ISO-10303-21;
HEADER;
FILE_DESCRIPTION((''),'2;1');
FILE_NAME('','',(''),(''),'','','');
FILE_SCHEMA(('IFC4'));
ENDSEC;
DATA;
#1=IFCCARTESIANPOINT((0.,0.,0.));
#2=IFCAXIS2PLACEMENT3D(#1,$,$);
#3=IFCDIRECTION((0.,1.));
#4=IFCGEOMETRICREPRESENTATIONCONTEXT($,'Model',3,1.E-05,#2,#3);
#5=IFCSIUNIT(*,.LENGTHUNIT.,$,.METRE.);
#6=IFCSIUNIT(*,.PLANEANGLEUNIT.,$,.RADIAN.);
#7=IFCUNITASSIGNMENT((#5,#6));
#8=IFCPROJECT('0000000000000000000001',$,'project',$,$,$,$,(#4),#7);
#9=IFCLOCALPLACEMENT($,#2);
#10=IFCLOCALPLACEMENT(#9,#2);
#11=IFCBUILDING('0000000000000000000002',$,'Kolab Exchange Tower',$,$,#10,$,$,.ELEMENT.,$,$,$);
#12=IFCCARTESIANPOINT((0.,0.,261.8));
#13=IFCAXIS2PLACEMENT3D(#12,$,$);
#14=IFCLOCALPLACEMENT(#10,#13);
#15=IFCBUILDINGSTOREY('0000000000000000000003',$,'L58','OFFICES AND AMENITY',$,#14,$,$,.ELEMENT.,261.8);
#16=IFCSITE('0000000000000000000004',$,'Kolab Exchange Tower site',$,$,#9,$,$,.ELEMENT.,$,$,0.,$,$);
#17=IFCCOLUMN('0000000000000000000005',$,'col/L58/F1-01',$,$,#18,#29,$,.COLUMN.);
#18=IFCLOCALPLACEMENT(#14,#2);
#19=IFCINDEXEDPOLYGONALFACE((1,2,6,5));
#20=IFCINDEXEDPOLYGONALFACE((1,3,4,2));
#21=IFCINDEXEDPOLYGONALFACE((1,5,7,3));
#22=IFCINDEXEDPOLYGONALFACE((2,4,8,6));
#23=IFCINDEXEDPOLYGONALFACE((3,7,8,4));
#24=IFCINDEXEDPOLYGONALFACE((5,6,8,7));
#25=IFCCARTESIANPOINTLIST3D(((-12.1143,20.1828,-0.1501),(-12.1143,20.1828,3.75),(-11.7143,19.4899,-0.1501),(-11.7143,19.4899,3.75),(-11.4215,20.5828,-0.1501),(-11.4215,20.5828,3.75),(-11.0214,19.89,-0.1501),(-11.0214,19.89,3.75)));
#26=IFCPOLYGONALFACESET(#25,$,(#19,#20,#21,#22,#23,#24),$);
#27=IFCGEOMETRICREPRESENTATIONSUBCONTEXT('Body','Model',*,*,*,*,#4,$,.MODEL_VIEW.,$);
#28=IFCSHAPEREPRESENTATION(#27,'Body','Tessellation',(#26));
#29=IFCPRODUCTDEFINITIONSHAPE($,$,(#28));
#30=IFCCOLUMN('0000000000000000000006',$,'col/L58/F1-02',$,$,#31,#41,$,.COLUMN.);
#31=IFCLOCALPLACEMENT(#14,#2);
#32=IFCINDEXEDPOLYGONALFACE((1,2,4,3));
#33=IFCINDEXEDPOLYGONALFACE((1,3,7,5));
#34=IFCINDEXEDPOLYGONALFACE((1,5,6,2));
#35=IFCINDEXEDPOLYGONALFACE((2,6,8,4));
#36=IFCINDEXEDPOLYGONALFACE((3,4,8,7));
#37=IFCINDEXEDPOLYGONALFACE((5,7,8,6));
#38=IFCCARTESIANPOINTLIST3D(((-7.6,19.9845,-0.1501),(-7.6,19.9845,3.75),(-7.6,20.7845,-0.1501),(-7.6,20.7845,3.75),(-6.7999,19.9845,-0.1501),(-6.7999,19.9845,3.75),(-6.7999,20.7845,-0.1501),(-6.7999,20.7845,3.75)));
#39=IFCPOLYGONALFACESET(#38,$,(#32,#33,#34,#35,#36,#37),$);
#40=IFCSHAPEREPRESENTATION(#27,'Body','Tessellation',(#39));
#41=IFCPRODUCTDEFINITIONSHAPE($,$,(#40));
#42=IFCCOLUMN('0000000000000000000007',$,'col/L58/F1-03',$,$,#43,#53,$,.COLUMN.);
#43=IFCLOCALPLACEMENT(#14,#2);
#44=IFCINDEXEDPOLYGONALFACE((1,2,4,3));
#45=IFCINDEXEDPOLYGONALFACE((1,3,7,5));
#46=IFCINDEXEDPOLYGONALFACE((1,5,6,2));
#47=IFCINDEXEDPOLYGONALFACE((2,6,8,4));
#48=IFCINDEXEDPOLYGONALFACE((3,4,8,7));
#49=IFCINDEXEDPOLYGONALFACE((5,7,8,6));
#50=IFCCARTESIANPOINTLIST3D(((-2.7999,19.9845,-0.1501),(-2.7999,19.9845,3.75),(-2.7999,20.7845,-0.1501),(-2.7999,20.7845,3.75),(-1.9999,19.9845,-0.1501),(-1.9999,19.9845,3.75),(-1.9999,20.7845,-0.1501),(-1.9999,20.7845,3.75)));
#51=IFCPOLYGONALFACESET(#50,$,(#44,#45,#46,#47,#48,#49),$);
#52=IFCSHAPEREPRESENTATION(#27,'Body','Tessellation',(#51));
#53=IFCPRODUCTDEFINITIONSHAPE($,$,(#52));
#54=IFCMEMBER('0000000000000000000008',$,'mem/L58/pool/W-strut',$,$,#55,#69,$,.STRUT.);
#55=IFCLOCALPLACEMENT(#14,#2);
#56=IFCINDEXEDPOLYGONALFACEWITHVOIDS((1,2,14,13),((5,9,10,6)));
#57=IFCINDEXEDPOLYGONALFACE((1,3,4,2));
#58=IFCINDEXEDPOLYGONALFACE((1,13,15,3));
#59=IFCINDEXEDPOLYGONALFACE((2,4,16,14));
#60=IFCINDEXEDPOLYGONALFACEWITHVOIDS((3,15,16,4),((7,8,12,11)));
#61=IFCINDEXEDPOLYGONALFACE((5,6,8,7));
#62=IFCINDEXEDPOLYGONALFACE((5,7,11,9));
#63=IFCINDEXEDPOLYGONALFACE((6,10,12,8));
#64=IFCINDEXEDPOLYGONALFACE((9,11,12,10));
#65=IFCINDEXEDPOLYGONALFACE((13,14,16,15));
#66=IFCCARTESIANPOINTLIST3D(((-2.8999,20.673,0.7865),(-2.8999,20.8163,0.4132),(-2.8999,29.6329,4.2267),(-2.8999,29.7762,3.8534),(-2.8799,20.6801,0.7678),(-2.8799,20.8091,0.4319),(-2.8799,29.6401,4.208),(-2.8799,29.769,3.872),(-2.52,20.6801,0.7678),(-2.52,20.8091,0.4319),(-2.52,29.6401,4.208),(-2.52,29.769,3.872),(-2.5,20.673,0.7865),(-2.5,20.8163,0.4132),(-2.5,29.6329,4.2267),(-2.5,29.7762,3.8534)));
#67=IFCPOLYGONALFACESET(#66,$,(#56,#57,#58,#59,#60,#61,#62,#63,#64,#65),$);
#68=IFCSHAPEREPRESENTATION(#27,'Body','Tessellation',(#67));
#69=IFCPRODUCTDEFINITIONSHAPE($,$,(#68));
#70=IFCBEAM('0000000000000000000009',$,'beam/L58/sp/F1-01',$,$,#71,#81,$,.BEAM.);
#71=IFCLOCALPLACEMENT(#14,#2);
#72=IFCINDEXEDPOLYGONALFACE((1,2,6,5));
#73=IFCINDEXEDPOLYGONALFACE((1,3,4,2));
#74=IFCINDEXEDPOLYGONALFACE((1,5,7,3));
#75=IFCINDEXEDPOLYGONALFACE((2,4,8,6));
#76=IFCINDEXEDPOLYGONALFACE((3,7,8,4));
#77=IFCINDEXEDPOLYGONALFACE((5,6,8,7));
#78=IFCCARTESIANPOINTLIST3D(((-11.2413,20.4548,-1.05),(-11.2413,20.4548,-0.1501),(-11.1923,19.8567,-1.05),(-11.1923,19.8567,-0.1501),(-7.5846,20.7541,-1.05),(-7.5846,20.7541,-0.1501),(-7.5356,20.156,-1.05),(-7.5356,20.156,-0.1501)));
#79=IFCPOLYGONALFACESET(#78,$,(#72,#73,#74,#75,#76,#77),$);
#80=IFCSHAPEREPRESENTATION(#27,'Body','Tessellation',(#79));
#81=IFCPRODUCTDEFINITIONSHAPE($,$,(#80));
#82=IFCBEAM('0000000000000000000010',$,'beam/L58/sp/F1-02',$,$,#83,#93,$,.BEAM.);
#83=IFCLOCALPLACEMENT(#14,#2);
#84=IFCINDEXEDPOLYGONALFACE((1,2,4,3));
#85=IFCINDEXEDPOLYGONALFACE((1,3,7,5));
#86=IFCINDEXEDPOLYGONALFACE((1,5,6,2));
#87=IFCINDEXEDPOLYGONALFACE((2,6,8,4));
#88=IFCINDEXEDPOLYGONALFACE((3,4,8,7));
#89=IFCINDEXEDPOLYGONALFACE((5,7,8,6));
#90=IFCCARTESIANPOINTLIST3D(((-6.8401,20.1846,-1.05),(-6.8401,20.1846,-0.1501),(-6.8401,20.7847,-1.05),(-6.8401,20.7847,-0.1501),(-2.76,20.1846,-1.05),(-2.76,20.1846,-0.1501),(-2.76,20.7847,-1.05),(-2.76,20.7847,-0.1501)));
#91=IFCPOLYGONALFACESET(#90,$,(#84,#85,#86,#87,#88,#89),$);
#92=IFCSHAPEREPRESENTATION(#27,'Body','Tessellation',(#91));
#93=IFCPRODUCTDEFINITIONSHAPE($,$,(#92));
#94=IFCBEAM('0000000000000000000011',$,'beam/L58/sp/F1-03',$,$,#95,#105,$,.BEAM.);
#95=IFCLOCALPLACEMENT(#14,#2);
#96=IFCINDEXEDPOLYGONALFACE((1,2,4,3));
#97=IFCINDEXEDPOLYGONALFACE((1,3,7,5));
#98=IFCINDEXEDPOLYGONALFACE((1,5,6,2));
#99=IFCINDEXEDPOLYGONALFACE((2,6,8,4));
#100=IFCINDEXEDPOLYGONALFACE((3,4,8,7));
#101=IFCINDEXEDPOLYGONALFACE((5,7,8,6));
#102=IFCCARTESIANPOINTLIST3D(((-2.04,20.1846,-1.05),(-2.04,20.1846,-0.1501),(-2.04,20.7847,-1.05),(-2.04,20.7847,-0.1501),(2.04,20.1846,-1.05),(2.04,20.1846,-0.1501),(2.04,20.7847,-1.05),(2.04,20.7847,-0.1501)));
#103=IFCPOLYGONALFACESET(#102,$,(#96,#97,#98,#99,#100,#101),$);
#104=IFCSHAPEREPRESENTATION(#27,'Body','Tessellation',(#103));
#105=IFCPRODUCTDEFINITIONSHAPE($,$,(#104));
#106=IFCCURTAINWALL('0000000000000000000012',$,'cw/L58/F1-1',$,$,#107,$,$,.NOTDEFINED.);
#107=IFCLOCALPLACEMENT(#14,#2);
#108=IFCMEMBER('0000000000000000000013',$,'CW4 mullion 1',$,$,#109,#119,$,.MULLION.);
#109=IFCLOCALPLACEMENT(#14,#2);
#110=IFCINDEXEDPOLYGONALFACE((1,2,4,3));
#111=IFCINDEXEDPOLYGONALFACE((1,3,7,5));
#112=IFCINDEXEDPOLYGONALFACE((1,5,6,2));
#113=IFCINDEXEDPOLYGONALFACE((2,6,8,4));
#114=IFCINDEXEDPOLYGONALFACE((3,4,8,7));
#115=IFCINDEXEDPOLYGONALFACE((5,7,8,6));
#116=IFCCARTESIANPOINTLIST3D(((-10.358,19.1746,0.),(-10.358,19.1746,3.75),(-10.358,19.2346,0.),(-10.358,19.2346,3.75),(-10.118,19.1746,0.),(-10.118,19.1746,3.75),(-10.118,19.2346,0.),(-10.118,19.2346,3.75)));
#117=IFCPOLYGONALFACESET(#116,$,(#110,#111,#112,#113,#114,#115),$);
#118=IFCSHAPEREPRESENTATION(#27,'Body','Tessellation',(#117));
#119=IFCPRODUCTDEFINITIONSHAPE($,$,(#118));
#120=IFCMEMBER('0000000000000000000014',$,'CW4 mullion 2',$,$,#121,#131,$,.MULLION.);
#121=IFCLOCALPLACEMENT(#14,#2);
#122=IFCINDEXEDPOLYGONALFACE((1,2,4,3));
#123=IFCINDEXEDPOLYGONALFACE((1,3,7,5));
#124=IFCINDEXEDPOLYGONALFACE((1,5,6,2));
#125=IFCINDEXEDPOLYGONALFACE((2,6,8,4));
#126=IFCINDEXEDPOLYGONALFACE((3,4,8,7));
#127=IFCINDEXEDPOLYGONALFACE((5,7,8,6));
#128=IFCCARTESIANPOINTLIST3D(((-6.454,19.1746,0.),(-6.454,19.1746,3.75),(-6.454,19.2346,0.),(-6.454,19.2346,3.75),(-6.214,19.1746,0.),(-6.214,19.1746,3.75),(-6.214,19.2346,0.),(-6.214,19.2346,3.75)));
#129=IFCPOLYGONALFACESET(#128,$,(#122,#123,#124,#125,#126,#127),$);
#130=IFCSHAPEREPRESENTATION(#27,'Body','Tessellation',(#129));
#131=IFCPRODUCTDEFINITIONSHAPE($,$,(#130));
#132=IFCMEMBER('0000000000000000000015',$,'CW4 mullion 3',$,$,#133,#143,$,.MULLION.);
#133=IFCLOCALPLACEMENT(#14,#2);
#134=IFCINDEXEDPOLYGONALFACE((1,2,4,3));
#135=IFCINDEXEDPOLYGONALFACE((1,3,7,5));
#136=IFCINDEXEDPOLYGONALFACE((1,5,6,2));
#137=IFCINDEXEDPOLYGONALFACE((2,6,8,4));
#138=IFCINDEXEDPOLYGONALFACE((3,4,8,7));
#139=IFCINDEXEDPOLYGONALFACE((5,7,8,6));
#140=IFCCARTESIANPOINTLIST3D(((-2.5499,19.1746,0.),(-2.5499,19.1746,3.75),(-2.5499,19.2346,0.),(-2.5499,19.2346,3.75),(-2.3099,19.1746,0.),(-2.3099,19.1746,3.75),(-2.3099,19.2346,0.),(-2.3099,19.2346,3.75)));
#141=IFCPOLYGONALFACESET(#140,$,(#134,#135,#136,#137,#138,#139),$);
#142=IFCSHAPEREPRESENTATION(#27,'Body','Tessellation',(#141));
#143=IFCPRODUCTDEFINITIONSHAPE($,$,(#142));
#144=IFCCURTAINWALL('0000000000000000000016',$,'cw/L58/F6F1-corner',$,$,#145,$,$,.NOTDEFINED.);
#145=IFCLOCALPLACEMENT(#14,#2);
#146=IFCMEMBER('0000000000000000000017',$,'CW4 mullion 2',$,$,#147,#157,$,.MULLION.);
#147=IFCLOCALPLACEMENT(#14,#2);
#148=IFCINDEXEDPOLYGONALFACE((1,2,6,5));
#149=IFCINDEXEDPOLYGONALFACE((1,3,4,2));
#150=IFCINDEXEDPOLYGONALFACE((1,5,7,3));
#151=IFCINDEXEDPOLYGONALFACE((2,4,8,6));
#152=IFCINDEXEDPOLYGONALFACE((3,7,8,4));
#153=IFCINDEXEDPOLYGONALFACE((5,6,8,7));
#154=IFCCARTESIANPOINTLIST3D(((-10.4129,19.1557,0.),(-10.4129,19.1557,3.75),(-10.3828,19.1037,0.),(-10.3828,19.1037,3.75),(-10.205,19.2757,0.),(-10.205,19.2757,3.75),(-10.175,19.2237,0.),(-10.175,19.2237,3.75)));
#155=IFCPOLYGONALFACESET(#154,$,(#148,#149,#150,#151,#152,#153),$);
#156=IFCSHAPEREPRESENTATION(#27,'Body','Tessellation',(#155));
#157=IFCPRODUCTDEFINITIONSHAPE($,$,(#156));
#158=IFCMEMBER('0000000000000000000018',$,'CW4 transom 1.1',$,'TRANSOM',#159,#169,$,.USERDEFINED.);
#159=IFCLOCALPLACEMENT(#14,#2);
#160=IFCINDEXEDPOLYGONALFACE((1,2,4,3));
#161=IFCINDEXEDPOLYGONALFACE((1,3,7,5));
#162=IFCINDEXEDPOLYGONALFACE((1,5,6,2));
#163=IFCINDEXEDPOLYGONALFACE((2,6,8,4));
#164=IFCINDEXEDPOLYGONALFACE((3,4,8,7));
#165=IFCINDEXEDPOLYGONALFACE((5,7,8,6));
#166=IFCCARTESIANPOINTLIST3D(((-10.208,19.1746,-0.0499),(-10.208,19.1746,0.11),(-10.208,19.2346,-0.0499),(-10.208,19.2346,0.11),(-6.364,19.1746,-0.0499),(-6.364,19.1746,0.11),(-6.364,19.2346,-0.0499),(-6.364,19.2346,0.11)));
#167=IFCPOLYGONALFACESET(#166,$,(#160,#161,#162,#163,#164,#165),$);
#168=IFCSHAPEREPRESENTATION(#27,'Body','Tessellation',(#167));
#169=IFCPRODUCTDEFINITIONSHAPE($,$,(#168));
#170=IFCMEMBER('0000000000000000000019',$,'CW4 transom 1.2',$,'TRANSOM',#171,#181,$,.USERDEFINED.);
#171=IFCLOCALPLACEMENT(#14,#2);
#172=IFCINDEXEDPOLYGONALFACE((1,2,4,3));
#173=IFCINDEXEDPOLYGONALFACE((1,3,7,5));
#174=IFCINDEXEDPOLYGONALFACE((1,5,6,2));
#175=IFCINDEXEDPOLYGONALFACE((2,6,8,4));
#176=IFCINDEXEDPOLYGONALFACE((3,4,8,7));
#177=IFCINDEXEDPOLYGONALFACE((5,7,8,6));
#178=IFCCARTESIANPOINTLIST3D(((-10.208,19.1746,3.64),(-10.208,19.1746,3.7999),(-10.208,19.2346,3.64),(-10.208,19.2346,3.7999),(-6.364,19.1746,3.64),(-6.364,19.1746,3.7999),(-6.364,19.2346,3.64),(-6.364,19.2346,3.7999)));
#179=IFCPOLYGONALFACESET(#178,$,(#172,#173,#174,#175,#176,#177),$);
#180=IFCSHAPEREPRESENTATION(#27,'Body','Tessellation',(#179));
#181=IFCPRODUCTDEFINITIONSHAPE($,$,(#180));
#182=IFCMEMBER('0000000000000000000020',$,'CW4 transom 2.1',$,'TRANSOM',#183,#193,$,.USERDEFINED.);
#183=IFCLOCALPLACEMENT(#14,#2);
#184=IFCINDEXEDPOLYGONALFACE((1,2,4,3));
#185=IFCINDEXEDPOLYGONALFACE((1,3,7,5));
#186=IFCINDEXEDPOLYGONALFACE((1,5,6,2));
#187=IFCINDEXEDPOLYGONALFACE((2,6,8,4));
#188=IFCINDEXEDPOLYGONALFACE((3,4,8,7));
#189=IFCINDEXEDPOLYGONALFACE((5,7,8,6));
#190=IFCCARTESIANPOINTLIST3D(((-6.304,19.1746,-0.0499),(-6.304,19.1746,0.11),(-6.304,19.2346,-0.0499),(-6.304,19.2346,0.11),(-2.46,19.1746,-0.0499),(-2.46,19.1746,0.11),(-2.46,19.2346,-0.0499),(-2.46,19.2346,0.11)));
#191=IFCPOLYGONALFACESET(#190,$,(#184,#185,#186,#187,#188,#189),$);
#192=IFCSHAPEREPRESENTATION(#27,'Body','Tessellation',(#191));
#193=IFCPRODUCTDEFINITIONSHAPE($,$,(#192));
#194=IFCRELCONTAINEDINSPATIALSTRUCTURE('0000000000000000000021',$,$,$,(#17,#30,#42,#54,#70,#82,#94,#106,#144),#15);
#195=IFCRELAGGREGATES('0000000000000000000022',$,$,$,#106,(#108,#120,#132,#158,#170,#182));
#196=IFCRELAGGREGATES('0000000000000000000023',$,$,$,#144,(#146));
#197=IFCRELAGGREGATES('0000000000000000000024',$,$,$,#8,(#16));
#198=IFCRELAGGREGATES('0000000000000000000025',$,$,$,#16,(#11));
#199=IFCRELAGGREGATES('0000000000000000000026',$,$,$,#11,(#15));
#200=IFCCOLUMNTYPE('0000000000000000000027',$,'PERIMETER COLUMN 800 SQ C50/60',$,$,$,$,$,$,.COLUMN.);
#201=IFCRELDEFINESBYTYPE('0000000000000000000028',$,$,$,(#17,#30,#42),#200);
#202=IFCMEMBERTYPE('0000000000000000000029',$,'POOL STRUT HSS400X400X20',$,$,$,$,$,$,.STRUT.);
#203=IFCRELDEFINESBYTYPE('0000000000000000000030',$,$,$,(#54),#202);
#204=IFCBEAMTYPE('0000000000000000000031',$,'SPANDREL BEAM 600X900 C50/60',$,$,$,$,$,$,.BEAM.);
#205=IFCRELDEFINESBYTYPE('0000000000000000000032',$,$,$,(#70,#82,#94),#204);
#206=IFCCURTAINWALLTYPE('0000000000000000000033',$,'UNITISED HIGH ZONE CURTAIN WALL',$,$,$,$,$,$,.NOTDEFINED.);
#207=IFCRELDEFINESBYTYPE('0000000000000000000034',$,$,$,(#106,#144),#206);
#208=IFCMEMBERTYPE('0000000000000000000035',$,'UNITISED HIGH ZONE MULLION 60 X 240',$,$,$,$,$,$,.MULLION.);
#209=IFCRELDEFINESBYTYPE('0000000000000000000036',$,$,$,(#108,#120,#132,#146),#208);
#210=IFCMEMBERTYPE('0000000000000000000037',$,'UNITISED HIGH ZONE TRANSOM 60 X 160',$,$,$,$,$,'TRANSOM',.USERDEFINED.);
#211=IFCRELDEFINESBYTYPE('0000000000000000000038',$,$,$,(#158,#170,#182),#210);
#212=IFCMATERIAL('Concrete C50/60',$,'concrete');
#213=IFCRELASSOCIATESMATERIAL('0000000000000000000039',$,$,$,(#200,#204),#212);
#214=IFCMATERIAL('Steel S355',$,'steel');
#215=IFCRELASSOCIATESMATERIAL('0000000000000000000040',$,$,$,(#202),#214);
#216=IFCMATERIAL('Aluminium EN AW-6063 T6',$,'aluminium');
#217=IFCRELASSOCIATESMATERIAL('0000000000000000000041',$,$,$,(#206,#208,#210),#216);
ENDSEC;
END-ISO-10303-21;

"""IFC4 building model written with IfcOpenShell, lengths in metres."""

from ifc_helpers import new_model, si_unit, direction, frame, origin, origin_2d, place, context, subcontext, project, spatial, rectangle, hollow_rectangle, extrude, material, material_profile, profile_set, type_object, element, aggregate, save


model = new_model("IFC4")

# Units and contexts
model_context = context("Model", 3, precision=1e-05, world=origin(), true_north=direction((0.0, 1.0)))
body_context = subcontext(model_context, "Body", "Model", "MODEL_VIEW")
ifc_project = project(units=[si_unit("LENGTHUNIT", "METRE"), si_unit("PLANEANGLEUNIT", "RADIAN")], contexts=[model_context])

# Site, building, storey
site_placement = place(None, origin())
site = spatial("IfcSite", under=ifc_project, at=site_placement, Name="Kolab Exchange Tower site", CompositionType="ELEMENT", RefElevation=0.0)
building_placement = place(site_placement, origin())
building = spatial("IfcBuilding", under=site, at=building_placement, Name="Kolab Exchange Tower", CompositionType="ELEMENT")
storey_placement = place(building_placement, frame((0.0, 0.0, 261.8)))
storey = spatial("IfcBuildingStorey", under=building, at=storey_placement, Name="L58", Description="OFFICES AND AMENITY", CompositionType="ELEMENT", Elevation=261.8)

# Columns
ifc_material_1 = material(Name="Concrete C50/60", Category="concrete")
ifc_material_profile_1 = material_profile(ifc_material_1, rectangle(XDim=0.8, YDim=0.8, at=origin_2d()), Name="RC800")
ifc_profile_set_1 = profile_set([ifc_material_profile_1], Name="Concrete C50/60")
column_type = type_object("IfcColumnType", Name="PERIMETER COLUMN 800 SQ C50/60", PredefinedType="COLUMN", material=ifc_profile_set_1)
for number, where, z_axis, x_axis, name in (
    (1, (-11.5679, 20.0364, -0.1501), (0.0, 0.0, 1.0), (0.866025, 0.5, 0.0), "col/L58/F1-01"),
    (2, (-7.2, 20.3845, -0.1501), (0.0, 0.0, 1.0), (1.0, 0.0, 0.0), "col/L58/F1-02"),
    (3, (-2.3999, 20.3845, -0.1501), (0.0, 0.0, 1.0), (1.0, 0.0, 0.0), "col/L58/F1-03"),
):
    element("IfcColumn", number, at=place(storey_placement, frame(where, z_axis=z_axis, x_axis=x_axis)), inside=storey, type_object=column_type, Name=name, PredefinedType="COLUMN", context=body_context, shape_type="SweptSolid", body=[
        extrude(rectangle(XDim=0.8, YDim=0.8, at=origin_2d()), origin(), (0.0, 0.0, 1.0), 3.9001),
    ])

# Member
ifc_material_2 = material(Name="Steel S355", Category="steel")
ifc_material_profile_2 = material_profile(ifc_material_2, hollow_rectangle(XDim=0.3999, YDim=0.3999, WallThickness=0.02, at=origin_2d()), Name="HSS400X400X20")
ifc_profile_set_2 = profile_set([ifc_material_profile_2], Name="Steel S355")
member_type_1 = type_object("IfcMemberType", Name="POOL STRUT HSS400X400X20", PredefinedType="STRUT", material=ifc_profile_set_2)
member_1_placement = place(storey_placement, frame((-2.7, 20.7446, 0.5999), z_axis=(0.0, 0.933553, 0.358439), x_axis=(-1.0, 0.0, 0.0)))
element("IfcMember", 4, at=member_1_placement, inside=storey, type_object=member_type_1, Name="mem/L58/pool/W-strut", PredefinedType="STRUT", context=body_context, shape_type="SweptSolid", body=[
    extrude(hollow_rectangle(XDim=0.3999, YDim=0.3999, WallThickness=0.02, at=origin_2d()), origin(), (0.0, 0.0, 1.0), 9.5977),
])

# Beams
ifc_material_profile_3 = material_profile(ifc_material_1, rectangle(XDim=0.6001, YDim=0.8999, at=origin_2d()), Name="RC600X900")
ifc_profile_set_3 = profile_set([ifc_material_profile_3], Name="Concrete C50/60")
beam_type = type_object("IfcBeamType", Name="SPANDREL BEAM 600X900 C50/60", PredefinedType="BEAM", material=ifc_profile_set_3)
beam_placement = place(storey_placement, frame((-11.2168, 20.1558, -0.6001), z_axis=(0.996667, 0.081581, 0.0), x_axis=(-0.081581, 0.996667, 0.0)))
element("IfcBeam", 5, at=beam_placement, inside=storey, type_object=beam_type, Name="beam/L58/sp/F1-01", PredefinedType="BEAM", context=body_context, shape_type="SweptSolid", body=[
    extrude(rectangle(XDim=0.6001, YDim=0.8999, at=origin_2d()), origin(), (0.0, 0.0, 1.0), 3.6689),
])
for number, where, z_axis, x_axis, name in (
    (6, (-6.8401, 20.4846, -0.6001), (1.0, 0.0, 0.0), (0.0, 1.0, 0.0), "beam/L58/sp/F1-02"),
    (7, (-2.04, 20.4846, -0.6001), (1.0, 0.0, 0.0), (0.0, 1.0, 0.0), "beam/L58/sp/F1-03"),
):
    element("IfcBeam", number, at=place(storey_placement, frame(where, z_axis=z_axis, x_axis=x_axis)), inside=storey, type_object=beam_type, Name=name, PredefinedType="BEAM", context=body_context, shape_type="SweptSolid", body=[
        extrude(rectangle(XDim=0.6001, YDim=0.8999, at=origin_2d()), origin(), (0.0, 0.0, 1.0), 4.0801),
    ])

# Curtain wall, members
ifc_material_3 = material(Name="Aluminium EN AW-6063 T6", Category="aluminium")
curtain_wall_type = type_object("IfcCurtainWallType", Name="UNITISED HIGH ZONE CURTAIN WALL", PredefinedType="NOTDEFINED", material=ifc_material_3)
curtain_wall_1_placement = place(storey_placement, origin())
curtain_wall_1 = element("IfcCurtainWall", 8, at=curtain_wall_1_placement, inside=storey, type_object=curtain_wall_type, Name="cw/L58/F1-1", PredefinedType="NOTDEFINED")
ifc_material_profile_4 = material_profile(ifc_material_3, rectangle(XDim=0.0601, YDim=0.24, at=origin_2d()), Name="RECT 60X240")
ifc_profile_set_4 = profile_set([ifc_material_profile_4], Name="Aluminium EN AW-6063 T6")
member_type_2 = type_object("IfcMemberType", Name="UNITISED HIGH ZONE MULLION 60 X 240", PredefinedType="MULLION", material=ifc_profile_set_4)
member_2_placement = place(storey_placement, frame((-10.238, 19.2046, 0.0), z_axis=(0.0, 0.0, 1.0), x_axis=(0.0, 1.0, 0.0)))
member_2 = element("IfcMember", 9, at=member_2_placement, type_object=member_type_2, Name="CW4 mullion 1", PredefinedType="MULLION", context=body_context, shape_type="SweptSolid", body=[
    extrude(rectangle(XDim=0.0601, YDim=0.24, at=origin_2d()), origin(), (0.0, 0.0, 1.0), 3.75),
])
member_3_placement = place(storey_placement, frame((-6.334, 19.2046, 0.0), z_axis=(0.0, 0.0, 1.0), x_axis=(0.0, 1.0, 0.0)))
member_3 = element("IfcMember", 10, at=member_3_placement, type_object=member_type_2, Name="CW4 mullion 2", PredefinedType="MULLION", context=body_context, shape_type="SweptSolid", body=[
    extrude(rectangle(XDim=0.0601, YDim=0.24, at=origin_2d()), origin(), (0.0, 0.0, 1.0), 3.75),
])
member_4_placement = place(storey_placement, frame((-2.4299, 19.2046, 0.0), z_axis=(0.0, 0.0, 1.0), x_axis=(0.0, 1.0, 0.0)))
member_4 = element("IfcMember", 11, at=member_4_placement, type_object=member_type_2, Name="CW4 mullion 3", PredefinedType="MULLION", context=body_context, shape_type="SweptSolid", body=[
    extrude(rectangle(XDim=0.0601, YDim=0.24, at=origin_2d()), origin(), (0.0, 0.0, 1.0), 3.75),
])

# Curtain wall, member
curtain_wall_2_placement = place(storey_placement, origin())
curtain_wall_2 = element("IfcCurtainWall", 12, at=curtain_wall_2_placement, inside=storey, type_object=curtain_wall_type, Name="cw/L58/F6F1-corner", PredefinedType="NOTDEFINED")
member_5_placement = place(storey_placement, frame((-10.2939, 19.1897, 0.0), z_axis=(0.0, 0.0, 1.0), x_axis=(-0.5, 0.866025, 0.0)))
member_5 = element("IfcMember", 13, at=member_5_placement, type_object=member_type_2, Name="CW4 mullion 2", PredefinedType="MULLION", context=body_context, shape_type="SweptSolid", body=[
    extrude(rectangle(XDim=0.0601, YDim=0.24, at=origin_2d()), origin(), (0.0, 0.0, 1.0), 3.75),
])

# Members
ifc_material_profile_5 = material_profile(ifc_material_3, rectangle(XDim=0.0601, YDim=0.1599, at=origin_2d()), Name="RECT 60X160")
ifc_profile_set_5 = profile_set([ifc_material_profile_5], Name="Aluminium EN AW-6063 T6")
member_type_3 = type_object("IfcMemberType", Name="UNITISED HIGH ZONE TRANSOM 60 X 160", ElementType="TRANSOM", PredefinedType="USERDEFINED", material=ifc_profile_set_5)
member_6_placement = place(storey_placement, frame((-10.208, 19.2046, 0.03), z_axis=(1.0, 0.0, 0.0), x_axis=(0.0, 1.0, 0.0)))
member_6 = element("IfcMember", 14, at=member_6_placement, type_object=member_type_3, Name="CW4 transom 1.1", ObjectType="TRANSOM", PredefinedType="USERDEFINED", context=body_context, shape_type="SweptSolid", body=[
    extrude(rectangle(XDim=0.0601, YDim=0.1599, at=origin_2d()), origin(), (0.0, 0.0, 1.0), 3.844),
])
member_7_placement = place(storey_placement, frame((-10.208, 19.2046, 3.72), z_axis=(1.0, 0.0, 0.0), x_axis=(0.0, 1.0, 0.0)))
member_7 = element("IfcMember", 15, at=member_7_placement, type_object=member_type_3, Name="CW4 transom 1.2", ObjectType="TRANSOM", PredefinedType="USERDEFINED", context=body_context, shape_type="SweptSolid", body=[
    extrude(rectangle(XDim=0.0601, YDim=0.1599, at=origin_2d()), origin(), (0.0, 0.0, 1.0), 3.844),
])
member_8_placement = place(storey_placement, frame((-6.304, 19.2046, 0.03), z_axis=(1.0, 0.0, 0.0), x_axis=(0.0, 1.0, 0.0)))
member_8 = element("IfcMember", 16, at=member_8_placement, type_object=member_type_3, Name="CW4 transom 2.1", ObjectType="TRANSOM", PredefinedType="USERDEFINED", context=body_context, shape_type="SweptSolid", body=[
    extrude(rectangle(XDim=0.0601, YDim=0.1599, at=origin_2d()), origin(), (0.0, 0.0, 1.0), 3.844),
])

aggregate(curtain_wall_1, [member_2, member_3, member_4, member_6, member_7, member_8])
aggregate(curtain_wall_2, [member_5])

save(model, "model.ifc")
